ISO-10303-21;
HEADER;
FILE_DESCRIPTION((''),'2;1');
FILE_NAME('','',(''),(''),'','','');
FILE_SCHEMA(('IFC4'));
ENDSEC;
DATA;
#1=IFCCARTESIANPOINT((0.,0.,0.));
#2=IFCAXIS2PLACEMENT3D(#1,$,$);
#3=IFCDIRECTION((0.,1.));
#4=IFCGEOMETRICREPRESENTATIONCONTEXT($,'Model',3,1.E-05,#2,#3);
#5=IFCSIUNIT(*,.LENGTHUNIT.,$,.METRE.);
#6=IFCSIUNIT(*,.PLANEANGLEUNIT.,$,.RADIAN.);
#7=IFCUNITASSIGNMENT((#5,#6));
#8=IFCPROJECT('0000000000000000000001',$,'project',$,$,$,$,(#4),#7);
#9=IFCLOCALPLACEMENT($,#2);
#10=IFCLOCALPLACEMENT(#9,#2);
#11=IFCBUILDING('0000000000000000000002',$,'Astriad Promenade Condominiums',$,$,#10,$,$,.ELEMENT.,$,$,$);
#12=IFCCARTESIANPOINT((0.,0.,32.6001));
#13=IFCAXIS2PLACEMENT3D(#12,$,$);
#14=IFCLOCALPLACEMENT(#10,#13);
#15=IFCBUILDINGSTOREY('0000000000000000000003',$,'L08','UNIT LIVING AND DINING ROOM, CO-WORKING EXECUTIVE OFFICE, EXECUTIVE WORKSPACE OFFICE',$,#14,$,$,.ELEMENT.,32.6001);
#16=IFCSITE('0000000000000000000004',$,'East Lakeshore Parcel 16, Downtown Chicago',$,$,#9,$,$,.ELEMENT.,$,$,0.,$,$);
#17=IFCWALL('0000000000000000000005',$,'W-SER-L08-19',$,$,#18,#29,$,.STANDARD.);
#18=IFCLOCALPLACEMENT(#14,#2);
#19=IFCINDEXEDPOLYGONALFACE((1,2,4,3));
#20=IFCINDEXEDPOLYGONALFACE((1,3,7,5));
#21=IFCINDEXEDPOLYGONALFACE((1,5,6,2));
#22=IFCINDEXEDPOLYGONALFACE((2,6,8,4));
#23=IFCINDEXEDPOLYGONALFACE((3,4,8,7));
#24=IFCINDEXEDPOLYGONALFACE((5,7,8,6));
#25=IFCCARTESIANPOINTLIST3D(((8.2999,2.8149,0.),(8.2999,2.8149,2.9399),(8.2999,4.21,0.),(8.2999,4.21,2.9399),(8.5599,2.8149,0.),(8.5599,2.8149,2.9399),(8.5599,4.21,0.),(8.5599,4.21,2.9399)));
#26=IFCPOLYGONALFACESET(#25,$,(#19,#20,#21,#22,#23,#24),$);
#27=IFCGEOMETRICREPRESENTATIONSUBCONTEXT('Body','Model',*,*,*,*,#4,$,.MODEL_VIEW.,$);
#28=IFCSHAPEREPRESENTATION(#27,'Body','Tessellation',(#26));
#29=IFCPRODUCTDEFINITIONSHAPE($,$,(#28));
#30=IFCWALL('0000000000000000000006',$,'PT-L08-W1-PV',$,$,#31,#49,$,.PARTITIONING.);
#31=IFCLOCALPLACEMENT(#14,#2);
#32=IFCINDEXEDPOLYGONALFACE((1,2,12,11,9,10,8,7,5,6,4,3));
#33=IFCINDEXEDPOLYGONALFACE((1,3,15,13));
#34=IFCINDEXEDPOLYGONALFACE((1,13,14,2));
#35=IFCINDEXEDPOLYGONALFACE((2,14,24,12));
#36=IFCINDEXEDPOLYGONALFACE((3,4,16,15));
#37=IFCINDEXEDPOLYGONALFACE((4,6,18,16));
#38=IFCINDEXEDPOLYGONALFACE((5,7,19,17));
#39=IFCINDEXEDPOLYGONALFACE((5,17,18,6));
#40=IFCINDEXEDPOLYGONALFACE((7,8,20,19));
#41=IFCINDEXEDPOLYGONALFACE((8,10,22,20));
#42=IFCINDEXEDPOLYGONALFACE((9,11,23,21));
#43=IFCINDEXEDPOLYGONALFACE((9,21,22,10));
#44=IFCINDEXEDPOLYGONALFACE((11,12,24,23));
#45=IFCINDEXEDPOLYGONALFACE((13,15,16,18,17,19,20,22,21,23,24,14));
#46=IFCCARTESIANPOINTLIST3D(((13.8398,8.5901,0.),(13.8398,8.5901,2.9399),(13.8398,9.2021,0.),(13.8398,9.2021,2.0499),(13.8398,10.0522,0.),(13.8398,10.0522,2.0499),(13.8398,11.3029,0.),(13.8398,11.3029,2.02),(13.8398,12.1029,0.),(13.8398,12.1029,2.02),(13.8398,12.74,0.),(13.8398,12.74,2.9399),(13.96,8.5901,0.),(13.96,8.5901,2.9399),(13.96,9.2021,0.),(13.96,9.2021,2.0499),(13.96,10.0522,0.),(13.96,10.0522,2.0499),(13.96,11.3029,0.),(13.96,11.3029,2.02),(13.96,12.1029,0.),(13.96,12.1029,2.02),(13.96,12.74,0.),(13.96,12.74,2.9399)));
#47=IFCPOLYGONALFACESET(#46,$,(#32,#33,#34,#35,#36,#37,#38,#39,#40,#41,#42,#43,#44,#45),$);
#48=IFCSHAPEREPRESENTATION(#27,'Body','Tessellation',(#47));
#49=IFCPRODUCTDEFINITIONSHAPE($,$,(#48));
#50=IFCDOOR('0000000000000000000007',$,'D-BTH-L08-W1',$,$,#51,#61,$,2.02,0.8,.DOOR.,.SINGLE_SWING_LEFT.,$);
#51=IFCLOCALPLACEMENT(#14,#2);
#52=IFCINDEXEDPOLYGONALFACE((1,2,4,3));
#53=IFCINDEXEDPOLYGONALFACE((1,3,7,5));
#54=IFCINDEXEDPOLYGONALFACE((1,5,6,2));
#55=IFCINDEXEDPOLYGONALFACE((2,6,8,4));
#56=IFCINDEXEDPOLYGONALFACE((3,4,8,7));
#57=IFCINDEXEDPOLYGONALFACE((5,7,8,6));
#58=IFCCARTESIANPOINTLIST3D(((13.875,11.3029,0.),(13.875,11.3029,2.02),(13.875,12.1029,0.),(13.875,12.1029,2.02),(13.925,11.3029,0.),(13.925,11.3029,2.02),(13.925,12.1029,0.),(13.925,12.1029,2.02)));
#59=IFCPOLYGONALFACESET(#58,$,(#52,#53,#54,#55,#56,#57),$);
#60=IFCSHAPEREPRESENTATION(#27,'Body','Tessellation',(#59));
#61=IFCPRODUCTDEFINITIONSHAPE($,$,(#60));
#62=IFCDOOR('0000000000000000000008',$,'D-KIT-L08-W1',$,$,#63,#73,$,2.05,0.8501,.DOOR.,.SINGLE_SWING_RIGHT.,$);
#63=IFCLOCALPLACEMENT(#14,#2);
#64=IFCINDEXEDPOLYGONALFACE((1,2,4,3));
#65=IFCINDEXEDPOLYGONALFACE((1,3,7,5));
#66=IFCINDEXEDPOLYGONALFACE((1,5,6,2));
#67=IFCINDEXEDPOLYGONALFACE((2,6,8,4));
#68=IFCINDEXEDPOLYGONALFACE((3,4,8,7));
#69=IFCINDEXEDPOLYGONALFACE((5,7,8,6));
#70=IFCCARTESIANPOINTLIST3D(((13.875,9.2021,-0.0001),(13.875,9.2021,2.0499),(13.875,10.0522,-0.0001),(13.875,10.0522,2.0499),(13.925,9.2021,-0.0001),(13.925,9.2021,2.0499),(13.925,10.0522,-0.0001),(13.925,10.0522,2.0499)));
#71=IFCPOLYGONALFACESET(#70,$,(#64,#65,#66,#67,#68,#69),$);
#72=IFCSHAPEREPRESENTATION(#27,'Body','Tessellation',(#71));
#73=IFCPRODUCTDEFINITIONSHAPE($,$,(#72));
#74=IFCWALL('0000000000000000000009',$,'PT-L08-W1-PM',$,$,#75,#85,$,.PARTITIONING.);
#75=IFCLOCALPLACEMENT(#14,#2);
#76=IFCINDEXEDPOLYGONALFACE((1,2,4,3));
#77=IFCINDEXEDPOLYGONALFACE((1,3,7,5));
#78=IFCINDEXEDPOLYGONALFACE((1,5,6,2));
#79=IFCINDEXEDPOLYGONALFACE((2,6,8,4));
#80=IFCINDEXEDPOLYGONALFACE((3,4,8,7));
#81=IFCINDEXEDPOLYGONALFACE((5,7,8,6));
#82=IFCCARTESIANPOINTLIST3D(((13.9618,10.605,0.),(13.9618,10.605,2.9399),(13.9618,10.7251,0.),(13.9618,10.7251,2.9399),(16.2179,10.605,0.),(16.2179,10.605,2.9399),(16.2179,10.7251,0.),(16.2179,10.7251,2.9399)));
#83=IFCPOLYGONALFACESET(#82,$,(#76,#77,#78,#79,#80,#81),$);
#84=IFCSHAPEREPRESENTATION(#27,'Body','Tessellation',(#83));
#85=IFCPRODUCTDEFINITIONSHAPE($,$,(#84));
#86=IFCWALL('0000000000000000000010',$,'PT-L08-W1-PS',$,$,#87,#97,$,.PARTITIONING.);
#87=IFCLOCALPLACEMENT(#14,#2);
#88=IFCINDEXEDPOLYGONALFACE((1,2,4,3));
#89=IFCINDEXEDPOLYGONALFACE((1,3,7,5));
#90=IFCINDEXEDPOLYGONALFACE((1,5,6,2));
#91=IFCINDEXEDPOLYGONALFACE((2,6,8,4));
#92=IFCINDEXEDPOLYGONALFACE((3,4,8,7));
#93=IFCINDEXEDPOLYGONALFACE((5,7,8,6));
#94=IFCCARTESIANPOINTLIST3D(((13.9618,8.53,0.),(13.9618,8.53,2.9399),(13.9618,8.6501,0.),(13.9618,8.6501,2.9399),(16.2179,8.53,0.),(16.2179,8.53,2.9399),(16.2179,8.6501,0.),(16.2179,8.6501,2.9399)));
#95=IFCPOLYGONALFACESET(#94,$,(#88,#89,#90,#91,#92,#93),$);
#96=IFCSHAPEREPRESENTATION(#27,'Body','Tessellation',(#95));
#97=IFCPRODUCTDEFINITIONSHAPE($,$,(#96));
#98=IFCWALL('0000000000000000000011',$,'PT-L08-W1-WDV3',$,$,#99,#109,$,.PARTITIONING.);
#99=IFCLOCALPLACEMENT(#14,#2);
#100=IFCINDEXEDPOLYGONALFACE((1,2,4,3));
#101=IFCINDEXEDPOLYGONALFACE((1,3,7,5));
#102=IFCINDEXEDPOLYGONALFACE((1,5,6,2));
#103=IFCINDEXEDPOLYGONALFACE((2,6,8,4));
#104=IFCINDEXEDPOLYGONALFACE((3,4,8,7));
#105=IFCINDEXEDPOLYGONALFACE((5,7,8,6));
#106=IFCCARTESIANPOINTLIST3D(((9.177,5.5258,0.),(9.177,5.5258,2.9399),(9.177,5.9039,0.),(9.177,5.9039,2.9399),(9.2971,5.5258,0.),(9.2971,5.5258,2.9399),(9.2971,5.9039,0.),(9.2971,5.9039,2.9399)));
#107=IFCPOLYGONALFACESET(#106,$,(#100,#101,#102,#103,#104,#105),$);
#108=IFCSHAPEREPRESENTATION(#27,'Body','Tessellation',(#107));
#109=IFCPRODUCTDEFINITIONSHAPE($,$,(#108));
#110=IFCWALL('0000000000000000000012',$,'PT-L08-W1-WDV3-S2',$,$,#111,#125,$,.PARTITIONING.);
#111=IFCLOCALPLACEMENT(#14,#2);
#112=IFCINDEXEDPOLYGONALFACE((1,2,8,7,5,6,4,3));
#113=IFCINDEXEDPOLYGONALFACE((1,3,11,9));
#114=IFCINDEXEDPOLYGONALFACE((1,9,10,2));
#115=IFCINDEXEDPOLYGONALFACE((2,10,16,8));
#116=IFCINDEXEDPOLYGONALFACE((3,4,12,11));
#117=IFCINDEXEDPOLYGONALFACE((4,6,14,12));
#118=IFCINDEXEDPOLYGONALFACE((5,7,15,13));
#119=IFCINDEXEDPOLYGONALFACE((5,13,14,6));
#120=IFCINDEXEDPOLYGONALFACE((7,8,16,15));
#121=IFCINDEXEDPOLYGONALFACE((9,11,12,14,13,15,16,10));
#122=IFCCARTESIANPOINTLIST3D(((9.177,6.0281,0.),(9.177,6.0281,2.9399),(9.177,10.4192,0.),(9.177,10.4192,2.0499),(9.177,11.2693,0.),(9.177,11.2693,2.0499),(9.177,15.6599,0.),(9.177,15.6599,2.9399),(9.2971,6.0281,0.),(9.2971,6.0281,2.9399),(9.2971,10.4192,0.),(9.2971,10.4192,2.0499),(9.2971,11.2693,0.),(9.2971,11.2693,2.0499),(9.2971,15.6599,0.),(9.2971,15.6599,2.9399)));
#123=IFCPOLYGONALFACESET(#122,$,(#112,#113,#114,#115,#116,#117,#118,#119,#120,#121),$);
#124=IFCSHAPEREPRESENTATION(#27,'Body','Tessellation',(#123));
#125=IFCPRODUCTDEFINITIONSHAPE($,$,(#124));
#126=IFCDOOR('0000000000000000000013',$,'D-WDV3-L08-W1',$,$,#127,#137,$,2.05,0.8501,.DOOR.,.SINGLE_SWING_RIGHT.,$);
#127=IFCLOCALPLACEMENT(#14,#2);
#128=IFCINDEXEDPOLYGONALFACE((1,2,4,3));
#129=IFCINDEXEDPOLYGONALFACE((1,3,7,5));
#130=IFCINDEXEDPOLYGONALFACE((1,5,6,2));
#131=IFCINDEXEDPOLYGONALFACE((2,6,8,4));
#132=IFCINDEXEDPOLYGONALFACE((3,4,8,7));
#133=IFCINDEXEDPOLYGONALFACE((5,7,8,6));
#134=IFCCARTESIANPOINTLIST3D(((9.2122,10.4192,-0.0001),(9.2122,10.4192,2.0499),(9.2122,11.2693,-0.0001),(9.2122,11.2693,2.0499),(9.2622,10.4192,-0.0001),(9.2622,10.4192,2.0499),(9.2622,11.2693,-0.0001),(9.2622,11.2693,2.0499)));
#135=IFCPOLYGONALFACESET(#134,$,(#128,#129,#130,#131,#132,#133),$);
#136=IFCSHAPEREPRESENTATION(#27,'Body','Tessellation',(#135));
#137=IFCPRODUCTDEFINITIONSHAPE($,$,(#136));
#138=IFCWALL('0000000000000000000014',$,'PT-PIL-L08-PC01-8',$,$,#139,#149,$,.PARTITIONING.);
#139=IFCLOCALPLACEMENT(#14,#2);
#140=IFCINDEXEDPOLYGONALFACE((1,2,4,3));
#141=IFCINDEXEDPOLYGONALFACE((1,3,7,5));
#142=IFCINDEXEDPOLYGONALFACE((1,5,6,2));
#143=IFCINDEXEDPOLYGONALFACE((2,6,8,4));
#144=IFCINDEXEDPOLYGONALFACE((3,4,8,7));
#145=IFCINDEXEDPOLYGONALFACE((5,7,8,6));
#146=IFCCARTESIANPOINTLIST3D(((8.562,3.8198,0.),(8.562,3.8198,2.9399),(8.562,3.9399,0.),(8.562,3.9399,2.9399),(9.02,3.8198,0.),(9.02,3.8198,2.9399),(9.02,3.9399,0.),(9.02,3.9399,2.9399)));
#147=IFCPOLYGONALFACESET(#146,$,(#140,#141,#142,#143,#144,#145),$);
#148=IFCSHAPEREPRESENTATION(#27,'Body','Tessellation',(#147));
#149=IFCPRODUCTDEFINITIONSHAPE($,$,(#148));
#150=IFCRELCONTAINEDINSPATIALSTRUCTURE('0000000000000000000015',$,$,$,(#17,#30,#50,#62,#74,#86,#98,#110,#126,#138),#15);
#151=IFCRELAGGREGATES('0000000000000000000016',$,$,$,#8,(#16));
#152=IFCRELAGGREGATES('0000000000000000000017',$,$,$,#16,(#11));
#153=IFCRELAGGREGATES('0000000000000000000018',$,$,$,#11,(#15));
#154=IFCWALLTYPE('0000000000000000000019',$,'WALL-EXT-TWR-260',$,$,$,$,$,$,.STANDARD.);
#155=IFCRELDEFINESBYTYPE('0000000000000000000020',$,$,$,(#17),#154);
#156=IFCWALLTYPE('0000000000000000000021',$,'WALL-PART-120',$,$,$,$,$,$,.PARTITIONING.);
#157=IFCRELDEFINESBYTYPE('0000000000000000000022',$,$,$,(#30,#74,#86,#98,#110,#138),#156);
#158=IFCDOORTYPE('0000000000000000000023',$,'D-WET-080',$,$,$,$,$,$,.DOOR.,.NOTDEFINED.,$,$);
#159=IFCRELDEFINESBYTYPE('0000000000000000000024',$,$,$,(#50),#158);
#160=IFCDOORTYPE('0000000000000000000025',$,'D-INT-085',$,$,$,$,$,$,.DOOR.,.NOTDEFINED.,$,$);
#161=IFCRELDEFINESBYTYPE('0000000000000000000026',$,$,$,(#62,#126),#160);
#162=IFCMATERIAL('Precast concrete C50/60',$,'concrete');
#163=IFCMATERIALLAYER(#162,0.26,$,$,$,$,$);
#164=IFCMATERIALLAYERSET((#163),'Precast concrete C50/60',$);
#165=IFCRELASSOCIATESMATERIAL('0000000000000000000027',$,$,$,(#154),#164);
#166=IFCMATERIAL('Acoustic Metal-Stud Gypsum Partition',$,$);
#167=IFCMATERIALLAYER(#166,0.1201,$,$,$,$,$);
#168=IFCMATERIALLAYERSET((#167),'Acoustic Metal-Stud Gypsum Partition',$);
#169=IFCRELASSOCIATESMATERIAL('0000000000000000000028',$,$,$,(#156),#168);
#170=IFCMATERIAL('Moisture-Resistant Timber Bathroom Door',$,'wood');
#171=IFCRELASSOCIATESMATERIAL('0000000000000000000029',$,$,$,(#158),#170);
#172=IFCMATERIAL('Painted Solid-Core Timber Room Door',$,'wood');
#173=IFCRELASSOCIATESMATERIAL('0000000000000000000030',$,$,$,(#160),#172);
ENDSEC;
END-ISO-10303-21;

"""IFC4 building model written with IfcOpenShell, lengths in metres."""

from ifc_helpers import new_model, si_unit, direction, frame, frame_2d, origin, place, context, subcontext, project, spatial, rectangle, extrude, source, transform, mapped, material, layer, layer_set, type_object, type_shapes, element, fill, save


model = new_model("IFC4")

# Units and contexts
model_context = context("Model", 3, precision=1e-05, world=origin(), true_north=direction((0.0, 1.0)))
body_context = subcontext(model_context, "Body", "Model", "MODEL_VIEW")
ifc_project = project(units=[si_unit("LENGTHUNIT", "METRE"), si_unit("PLANEANGLEUNIT", "RADIAN")], contexts=[model_context])

# Site, building, storey
site_placement = place(None, origin())
site = spatial("IfcSite", under=ifc_project, at=site_placement, Name="East Lakeshore Parcel 16, Downtown Chicago", CompositionType="ELEMENT", RefElevation=0.0)
building_placement = place(site_placement, origin())
building = spatial("IfcBuilding", under=site, at=building_placement, Name="Astriad Promenade Condominiums", CompositionType="ELEMENT")
storey_placement = place(building_placement, frame((0.0, 0.0, 32.6001)))
storey = spatial("IfcBuildingStorey", under=building, at=storey_placement, Name="L08", Description="UNIT LIVING AND DINING ROOM, CO-WORKING EXECUTIVE OFFICE, EXECUTIVE WORKSPACE OFFICE", CompositionType="ELEMENT", Elevation=32.6001)

# Wall
ifc_material_1 = material(Name="Precast concrete C50/60", Category="concrete")
ifc_layer_1 = layer(ifc_material_1, 0.26)
ifc_layer_set_1 = layer_set([ifc_layer_1], Name="Precast concrete C50/60")
wall_type_1 = type_object("IfcWallType", Name="WALL-EXT-TWR-260", PredefinedType="STANDARD", material=ifc_layer_set_1)
wall_1_placement = place(storey_placement, frame((8.4299, 2.8149, 0.0), z_axis=(0.0, 0.0, 1.0), x_axis=(0.0, 1.0, 0.0)))
element("IfcWall", 1, at=wall_1_placement, inside=storey, type_object=wall_type_1, Name="W-SER-L08-19", PredefinedType="STANDARD", context=body_context, shape_type="SweptSolid", body=[
    extrude(rectangle(XDim=1.395, YDim=0.26, at=frame_2d((0.6975, 0.0))), origin(), (0.0, 0.0, 1.0), 2.9399),
])

# Wall, openings, doors
ifc_material_2 = material(Name="Acoustic Metal-Stud Gypsum Partition")
ifc_layer_2 = layer(ifc_material_2, 0.1201)
ifc_layer_set_2 = layer_set([ifc_layer_2], Name="Acoustic Metal-Stud Gypsum Partition")
wall_type_2 = type_object("IfcWallType", Name="WALL-PART-120", PredefinedType="PARTITIONING", material=ifc_layer_set_2)
wall_2_placement = place(storey_placement, frame((13.8999, 8.5901, 0.0), z_axis=(0.0, 0.0, 1.0), x_axis=(0.0, 1.0, 0.0)))
wall_2 = element("IfcWall", 2, at=wall_2_placement, inside=storey, type_object=wall_type_2, Name="PT-L08-W1-PV", PredefinedType="PARTITIONING", context=body_context, shape_type="SweptSolid", body=[
    extrude(rectangle(XDim=4.1499, YDim=0.1201, at=frame_2d((2.075, 0.0))), origin(), (0.0, 0.0, 1.0), 2.9399),
])
opening_1_placement = place(wall_2_placement, frame((0.6121, 0.0, 0.0)))
opening_1 = element("IfcOpeningElement", 3, at=opening_1_placement, cuts=wall_2, PredefinedType="OPENING", context=body_context, shape_type="SweptSolid", body=[
    extrude(rectangle(XDim=0.8501, YDim=2.05, at=frame_2d((0.425, 1.0249))), frame((0.0, 0.0701, 0.0), z_axis=(0.0, -1.0, 0.0), x_axis=(1.0, 0.0, 0.0)), (0.0, 0.0, 1.0), 0.1401),
])
opening_2_placement = place(wall_2_placement, frame((2.7129, 0.0, 0.0)))
opening_2 = element("IfcOpeningElement", 4, at=opening_2_placement, cuts=wall_2, PredefinedType="OPENING", context=body_context, shape_type="SweptSolid", body=[
    extrude(rectangle(XDim=0.8, YDim=2.02, at=frame_2d((0.3999, 1.01))), frame((0.0, 0.0701, 0.0), z_axis=(0.0, -1.0, 0.0), x_axis=(1.0, 0.0, 0.0)), (0.0, 0.0, 1.0), 0.1401),
])
ifc_material_3 = material(Name="Moisture-Resistant Timber Bathroom Door", Category="wood")
door_type_1 = type_object("IfcDoorType", Name="D-WET-080", OperationType="NOTDEFINED", PredefinedType="DOOR", material=ifc_material_3)
shared_shape_1 = source(origin(), body_context, "Body", "SweptSolid", [
    extrude(rectangle(XDim=0.8, YDim=2.02, at=frame_2d((0.3999, 1.01))), frame((0.0, 0.0249, 0.0), z_axis=(0.0, -1.0, 0.0), x_axis=(1.0, 0.0, 0.0)), (0.0, 0.0, 1.0), 0.05),
])
type_shapes(door_type_1, [shared_shape_1])
door_1_placement = place(opening_2_placement, origin())
door_1 = element("IfcDoor", 5, at=door_1_placement, inside=storey, type_object=door_type_1, Name="D-BTH-L08-W1", OperationType="SINGLE_SWING_LEFT", OverallHeight=2.02, OverallWidth=0.8, PredefinedType="DOOR", context=body_context, shape_type="MappedRepresentation", body=[
    mapped(shared_shape_1, transform((0.0, 0.0, 0.0), scale=1.0)),
])
fill(opening_2, door_1)
ifc_material_4 = material(Name="Painted Solid-Core Timber Room Door", Category="wood")
door_type_2 = type_object("IfcDoorType", Name="D-INT-085", OperationType="NOTDEFINED", PredefinedType="DOOR", material=ifc_material_4)
shared_shape_2 = source(origin(), body_context, "Body", "SweptSolid", [
    extrude(rectangle(XDim=0.8501, YDim=2.05, at=frame_2d((0.425, 1.0249))), frame((0.0, 0.0249, 0.0), z_axis=(0.0, -1.0, 0.0), x_axis=(1.0, 0.0, 0.0)), (0.0, 0.0, 1.0), 0.05),
])
type_shapes(door_type_2, [shared_shape_2])
door_2_placement = place(opening_1_placement, origin())
door_2 = element("IfcDoor", 6, at=door_2_placement, inside=storey, type_object=door_type_2, Name="D-KIT-L08-W1", OperationType="SINGLE_SWING_RIGHT", OverallHeight=2.05, OverallWidth=0.8501, PredefinedType="DOOR", context=body_context, shape_type="MappedRepresentation", body=[
    mapped(shared_shape_2, transform((0.0, 0.0, 0.0), scale=1.0)),
])
fill(opening_1, door_2)

# Walls
for number, where, z_axis, x_axis, name in (
    (7, (13.9619, 10.665, 0.0), (0.0, 0.0, 1.0), (1.0, 0.0, 0.0), "PT-L08-W1-PM"),
    (8, (13.9619, 8.5901, 0.0), (0.0, 0.0, 1.0), (1.0, 0.0, 0.0), "PT-L08-W1-PS"),
):
    element("IfcWall", number, at=place(storey_placement, frame(where, z_axis=z_axis, x_axis=x_axis)), inside=storey, type_object=wall_type_2, Name=name, PredefinedType="PARTITIONING", context=body_context, shape_type="SweptSolid", body=[
        extrude(rectangle(XDim=2.2561, YDim=0.1201, at=frame_2d((1.1279, 0.0))), origin(), (0.0, 0.0, 1.0), 2.9399),
    ])
wall_3_placement = place(storey_placement, frame((9.2371, 5.5259, 0.0), z_axis=(0.0, 0.0, 1.0), x_axis=(0.0, 1.0, 0.0)))
element("IfcWall", 9, at=wall_3_placement, inside=storey, type_object=wall_type_2, Name="PT-L08-W1-WDV3", PredefinedType="PARTITIONING", context=body_context, shape_type="SweptSolid", body=[
    extrude(rectangle(XDim=0.3782, YDim=0.1201, at=frame_2d((0.189, 0.0))), origin(), (0.0, 0.0, 1.0), 2.9399),
])

# Wall, opening, door
wall_4_placement = place(storey_placement, frame((9.2371, 6.0281, 0.0), z_axis=(0.0, 0.0, 1.0), x_axis=(0.0, 1.0, 0.0)))
wall_4 = element("IfcWall", 10, at=wall_4_placement, inside=storey, type_object=wall_type_2, Name="PT-L08-W1-WDV3-S2", PredefinedType="PARTITIONING", context=body_context, shape_type="SweptSolid", body=[
    extrude(rectangle(XDim=9.6318, YDim=0.1201, at=frame_2d((4.8159, 0.0))), origin(), (0.0, 0.0, 1.0), 2.9399),
])
opening_3_placement = place(wall_4_placement, frame((4.3911, 0.0, 0.0)))
opening_3 = element("IfcOpeningElement", 11, at=opening_3_placement, cuts=wall_4, PredefinedType="OPENING", context=body_context, shape_type="SweptSolid", body=[
    extrude(rectangle(XDim=0.8501, YDim=2.05, at=frame_2d((0.425, 1.0249))), frame((0.0, 0.0701, 0.0), z_axis=(0.0, -1.0, 0.0), x_axis=(1.0, 0.0, 0.0)), (0.0, 0.0, 1.0), 0.1401),
])
door_3_placement = place(opening_3_placement, origin())
door_3 = element("IfcDoor", 12, at=door_3_placement, inside=storey, type_object=door_type_2, Name="D-WDV3-L08-W1", OperationType="SINGLE_SWING_RIGHT", OverallHeight=2.05, OverallWidth=0.8501, PredefinedType="DOOR", context=body_context, shape_type="MappedRepresentation", body=[
    mapped(shared_shape_2, transform((0.0, 0.0, 0.0), scale=1.0)),
])
fill(opening_3, door_3)

# Wall
wall_5_placement = place(storey_placement, frame((9.02, 3.8799, 0.0), z_axis=(0.0, 0.0, 1.0), x_axis=(-1.0, 0.0, 0.0)))
element("IfcWall", 13, at=wall_5_placement, inside=storey, type_object=wall_type_2, Name="PT-PIL-L08-PC01-8", PredefinedType="PARTITIONING", context=body_context, shape_type="SweptSolid", body=[
    extrude(rectangle(XDim=0.458, YDim=0.1201, at=frame_2d((0.229, 0.0))), origin(), (0.0, 0.0, 1.0), 2.9399),
])

save(model, "model.ifc")
